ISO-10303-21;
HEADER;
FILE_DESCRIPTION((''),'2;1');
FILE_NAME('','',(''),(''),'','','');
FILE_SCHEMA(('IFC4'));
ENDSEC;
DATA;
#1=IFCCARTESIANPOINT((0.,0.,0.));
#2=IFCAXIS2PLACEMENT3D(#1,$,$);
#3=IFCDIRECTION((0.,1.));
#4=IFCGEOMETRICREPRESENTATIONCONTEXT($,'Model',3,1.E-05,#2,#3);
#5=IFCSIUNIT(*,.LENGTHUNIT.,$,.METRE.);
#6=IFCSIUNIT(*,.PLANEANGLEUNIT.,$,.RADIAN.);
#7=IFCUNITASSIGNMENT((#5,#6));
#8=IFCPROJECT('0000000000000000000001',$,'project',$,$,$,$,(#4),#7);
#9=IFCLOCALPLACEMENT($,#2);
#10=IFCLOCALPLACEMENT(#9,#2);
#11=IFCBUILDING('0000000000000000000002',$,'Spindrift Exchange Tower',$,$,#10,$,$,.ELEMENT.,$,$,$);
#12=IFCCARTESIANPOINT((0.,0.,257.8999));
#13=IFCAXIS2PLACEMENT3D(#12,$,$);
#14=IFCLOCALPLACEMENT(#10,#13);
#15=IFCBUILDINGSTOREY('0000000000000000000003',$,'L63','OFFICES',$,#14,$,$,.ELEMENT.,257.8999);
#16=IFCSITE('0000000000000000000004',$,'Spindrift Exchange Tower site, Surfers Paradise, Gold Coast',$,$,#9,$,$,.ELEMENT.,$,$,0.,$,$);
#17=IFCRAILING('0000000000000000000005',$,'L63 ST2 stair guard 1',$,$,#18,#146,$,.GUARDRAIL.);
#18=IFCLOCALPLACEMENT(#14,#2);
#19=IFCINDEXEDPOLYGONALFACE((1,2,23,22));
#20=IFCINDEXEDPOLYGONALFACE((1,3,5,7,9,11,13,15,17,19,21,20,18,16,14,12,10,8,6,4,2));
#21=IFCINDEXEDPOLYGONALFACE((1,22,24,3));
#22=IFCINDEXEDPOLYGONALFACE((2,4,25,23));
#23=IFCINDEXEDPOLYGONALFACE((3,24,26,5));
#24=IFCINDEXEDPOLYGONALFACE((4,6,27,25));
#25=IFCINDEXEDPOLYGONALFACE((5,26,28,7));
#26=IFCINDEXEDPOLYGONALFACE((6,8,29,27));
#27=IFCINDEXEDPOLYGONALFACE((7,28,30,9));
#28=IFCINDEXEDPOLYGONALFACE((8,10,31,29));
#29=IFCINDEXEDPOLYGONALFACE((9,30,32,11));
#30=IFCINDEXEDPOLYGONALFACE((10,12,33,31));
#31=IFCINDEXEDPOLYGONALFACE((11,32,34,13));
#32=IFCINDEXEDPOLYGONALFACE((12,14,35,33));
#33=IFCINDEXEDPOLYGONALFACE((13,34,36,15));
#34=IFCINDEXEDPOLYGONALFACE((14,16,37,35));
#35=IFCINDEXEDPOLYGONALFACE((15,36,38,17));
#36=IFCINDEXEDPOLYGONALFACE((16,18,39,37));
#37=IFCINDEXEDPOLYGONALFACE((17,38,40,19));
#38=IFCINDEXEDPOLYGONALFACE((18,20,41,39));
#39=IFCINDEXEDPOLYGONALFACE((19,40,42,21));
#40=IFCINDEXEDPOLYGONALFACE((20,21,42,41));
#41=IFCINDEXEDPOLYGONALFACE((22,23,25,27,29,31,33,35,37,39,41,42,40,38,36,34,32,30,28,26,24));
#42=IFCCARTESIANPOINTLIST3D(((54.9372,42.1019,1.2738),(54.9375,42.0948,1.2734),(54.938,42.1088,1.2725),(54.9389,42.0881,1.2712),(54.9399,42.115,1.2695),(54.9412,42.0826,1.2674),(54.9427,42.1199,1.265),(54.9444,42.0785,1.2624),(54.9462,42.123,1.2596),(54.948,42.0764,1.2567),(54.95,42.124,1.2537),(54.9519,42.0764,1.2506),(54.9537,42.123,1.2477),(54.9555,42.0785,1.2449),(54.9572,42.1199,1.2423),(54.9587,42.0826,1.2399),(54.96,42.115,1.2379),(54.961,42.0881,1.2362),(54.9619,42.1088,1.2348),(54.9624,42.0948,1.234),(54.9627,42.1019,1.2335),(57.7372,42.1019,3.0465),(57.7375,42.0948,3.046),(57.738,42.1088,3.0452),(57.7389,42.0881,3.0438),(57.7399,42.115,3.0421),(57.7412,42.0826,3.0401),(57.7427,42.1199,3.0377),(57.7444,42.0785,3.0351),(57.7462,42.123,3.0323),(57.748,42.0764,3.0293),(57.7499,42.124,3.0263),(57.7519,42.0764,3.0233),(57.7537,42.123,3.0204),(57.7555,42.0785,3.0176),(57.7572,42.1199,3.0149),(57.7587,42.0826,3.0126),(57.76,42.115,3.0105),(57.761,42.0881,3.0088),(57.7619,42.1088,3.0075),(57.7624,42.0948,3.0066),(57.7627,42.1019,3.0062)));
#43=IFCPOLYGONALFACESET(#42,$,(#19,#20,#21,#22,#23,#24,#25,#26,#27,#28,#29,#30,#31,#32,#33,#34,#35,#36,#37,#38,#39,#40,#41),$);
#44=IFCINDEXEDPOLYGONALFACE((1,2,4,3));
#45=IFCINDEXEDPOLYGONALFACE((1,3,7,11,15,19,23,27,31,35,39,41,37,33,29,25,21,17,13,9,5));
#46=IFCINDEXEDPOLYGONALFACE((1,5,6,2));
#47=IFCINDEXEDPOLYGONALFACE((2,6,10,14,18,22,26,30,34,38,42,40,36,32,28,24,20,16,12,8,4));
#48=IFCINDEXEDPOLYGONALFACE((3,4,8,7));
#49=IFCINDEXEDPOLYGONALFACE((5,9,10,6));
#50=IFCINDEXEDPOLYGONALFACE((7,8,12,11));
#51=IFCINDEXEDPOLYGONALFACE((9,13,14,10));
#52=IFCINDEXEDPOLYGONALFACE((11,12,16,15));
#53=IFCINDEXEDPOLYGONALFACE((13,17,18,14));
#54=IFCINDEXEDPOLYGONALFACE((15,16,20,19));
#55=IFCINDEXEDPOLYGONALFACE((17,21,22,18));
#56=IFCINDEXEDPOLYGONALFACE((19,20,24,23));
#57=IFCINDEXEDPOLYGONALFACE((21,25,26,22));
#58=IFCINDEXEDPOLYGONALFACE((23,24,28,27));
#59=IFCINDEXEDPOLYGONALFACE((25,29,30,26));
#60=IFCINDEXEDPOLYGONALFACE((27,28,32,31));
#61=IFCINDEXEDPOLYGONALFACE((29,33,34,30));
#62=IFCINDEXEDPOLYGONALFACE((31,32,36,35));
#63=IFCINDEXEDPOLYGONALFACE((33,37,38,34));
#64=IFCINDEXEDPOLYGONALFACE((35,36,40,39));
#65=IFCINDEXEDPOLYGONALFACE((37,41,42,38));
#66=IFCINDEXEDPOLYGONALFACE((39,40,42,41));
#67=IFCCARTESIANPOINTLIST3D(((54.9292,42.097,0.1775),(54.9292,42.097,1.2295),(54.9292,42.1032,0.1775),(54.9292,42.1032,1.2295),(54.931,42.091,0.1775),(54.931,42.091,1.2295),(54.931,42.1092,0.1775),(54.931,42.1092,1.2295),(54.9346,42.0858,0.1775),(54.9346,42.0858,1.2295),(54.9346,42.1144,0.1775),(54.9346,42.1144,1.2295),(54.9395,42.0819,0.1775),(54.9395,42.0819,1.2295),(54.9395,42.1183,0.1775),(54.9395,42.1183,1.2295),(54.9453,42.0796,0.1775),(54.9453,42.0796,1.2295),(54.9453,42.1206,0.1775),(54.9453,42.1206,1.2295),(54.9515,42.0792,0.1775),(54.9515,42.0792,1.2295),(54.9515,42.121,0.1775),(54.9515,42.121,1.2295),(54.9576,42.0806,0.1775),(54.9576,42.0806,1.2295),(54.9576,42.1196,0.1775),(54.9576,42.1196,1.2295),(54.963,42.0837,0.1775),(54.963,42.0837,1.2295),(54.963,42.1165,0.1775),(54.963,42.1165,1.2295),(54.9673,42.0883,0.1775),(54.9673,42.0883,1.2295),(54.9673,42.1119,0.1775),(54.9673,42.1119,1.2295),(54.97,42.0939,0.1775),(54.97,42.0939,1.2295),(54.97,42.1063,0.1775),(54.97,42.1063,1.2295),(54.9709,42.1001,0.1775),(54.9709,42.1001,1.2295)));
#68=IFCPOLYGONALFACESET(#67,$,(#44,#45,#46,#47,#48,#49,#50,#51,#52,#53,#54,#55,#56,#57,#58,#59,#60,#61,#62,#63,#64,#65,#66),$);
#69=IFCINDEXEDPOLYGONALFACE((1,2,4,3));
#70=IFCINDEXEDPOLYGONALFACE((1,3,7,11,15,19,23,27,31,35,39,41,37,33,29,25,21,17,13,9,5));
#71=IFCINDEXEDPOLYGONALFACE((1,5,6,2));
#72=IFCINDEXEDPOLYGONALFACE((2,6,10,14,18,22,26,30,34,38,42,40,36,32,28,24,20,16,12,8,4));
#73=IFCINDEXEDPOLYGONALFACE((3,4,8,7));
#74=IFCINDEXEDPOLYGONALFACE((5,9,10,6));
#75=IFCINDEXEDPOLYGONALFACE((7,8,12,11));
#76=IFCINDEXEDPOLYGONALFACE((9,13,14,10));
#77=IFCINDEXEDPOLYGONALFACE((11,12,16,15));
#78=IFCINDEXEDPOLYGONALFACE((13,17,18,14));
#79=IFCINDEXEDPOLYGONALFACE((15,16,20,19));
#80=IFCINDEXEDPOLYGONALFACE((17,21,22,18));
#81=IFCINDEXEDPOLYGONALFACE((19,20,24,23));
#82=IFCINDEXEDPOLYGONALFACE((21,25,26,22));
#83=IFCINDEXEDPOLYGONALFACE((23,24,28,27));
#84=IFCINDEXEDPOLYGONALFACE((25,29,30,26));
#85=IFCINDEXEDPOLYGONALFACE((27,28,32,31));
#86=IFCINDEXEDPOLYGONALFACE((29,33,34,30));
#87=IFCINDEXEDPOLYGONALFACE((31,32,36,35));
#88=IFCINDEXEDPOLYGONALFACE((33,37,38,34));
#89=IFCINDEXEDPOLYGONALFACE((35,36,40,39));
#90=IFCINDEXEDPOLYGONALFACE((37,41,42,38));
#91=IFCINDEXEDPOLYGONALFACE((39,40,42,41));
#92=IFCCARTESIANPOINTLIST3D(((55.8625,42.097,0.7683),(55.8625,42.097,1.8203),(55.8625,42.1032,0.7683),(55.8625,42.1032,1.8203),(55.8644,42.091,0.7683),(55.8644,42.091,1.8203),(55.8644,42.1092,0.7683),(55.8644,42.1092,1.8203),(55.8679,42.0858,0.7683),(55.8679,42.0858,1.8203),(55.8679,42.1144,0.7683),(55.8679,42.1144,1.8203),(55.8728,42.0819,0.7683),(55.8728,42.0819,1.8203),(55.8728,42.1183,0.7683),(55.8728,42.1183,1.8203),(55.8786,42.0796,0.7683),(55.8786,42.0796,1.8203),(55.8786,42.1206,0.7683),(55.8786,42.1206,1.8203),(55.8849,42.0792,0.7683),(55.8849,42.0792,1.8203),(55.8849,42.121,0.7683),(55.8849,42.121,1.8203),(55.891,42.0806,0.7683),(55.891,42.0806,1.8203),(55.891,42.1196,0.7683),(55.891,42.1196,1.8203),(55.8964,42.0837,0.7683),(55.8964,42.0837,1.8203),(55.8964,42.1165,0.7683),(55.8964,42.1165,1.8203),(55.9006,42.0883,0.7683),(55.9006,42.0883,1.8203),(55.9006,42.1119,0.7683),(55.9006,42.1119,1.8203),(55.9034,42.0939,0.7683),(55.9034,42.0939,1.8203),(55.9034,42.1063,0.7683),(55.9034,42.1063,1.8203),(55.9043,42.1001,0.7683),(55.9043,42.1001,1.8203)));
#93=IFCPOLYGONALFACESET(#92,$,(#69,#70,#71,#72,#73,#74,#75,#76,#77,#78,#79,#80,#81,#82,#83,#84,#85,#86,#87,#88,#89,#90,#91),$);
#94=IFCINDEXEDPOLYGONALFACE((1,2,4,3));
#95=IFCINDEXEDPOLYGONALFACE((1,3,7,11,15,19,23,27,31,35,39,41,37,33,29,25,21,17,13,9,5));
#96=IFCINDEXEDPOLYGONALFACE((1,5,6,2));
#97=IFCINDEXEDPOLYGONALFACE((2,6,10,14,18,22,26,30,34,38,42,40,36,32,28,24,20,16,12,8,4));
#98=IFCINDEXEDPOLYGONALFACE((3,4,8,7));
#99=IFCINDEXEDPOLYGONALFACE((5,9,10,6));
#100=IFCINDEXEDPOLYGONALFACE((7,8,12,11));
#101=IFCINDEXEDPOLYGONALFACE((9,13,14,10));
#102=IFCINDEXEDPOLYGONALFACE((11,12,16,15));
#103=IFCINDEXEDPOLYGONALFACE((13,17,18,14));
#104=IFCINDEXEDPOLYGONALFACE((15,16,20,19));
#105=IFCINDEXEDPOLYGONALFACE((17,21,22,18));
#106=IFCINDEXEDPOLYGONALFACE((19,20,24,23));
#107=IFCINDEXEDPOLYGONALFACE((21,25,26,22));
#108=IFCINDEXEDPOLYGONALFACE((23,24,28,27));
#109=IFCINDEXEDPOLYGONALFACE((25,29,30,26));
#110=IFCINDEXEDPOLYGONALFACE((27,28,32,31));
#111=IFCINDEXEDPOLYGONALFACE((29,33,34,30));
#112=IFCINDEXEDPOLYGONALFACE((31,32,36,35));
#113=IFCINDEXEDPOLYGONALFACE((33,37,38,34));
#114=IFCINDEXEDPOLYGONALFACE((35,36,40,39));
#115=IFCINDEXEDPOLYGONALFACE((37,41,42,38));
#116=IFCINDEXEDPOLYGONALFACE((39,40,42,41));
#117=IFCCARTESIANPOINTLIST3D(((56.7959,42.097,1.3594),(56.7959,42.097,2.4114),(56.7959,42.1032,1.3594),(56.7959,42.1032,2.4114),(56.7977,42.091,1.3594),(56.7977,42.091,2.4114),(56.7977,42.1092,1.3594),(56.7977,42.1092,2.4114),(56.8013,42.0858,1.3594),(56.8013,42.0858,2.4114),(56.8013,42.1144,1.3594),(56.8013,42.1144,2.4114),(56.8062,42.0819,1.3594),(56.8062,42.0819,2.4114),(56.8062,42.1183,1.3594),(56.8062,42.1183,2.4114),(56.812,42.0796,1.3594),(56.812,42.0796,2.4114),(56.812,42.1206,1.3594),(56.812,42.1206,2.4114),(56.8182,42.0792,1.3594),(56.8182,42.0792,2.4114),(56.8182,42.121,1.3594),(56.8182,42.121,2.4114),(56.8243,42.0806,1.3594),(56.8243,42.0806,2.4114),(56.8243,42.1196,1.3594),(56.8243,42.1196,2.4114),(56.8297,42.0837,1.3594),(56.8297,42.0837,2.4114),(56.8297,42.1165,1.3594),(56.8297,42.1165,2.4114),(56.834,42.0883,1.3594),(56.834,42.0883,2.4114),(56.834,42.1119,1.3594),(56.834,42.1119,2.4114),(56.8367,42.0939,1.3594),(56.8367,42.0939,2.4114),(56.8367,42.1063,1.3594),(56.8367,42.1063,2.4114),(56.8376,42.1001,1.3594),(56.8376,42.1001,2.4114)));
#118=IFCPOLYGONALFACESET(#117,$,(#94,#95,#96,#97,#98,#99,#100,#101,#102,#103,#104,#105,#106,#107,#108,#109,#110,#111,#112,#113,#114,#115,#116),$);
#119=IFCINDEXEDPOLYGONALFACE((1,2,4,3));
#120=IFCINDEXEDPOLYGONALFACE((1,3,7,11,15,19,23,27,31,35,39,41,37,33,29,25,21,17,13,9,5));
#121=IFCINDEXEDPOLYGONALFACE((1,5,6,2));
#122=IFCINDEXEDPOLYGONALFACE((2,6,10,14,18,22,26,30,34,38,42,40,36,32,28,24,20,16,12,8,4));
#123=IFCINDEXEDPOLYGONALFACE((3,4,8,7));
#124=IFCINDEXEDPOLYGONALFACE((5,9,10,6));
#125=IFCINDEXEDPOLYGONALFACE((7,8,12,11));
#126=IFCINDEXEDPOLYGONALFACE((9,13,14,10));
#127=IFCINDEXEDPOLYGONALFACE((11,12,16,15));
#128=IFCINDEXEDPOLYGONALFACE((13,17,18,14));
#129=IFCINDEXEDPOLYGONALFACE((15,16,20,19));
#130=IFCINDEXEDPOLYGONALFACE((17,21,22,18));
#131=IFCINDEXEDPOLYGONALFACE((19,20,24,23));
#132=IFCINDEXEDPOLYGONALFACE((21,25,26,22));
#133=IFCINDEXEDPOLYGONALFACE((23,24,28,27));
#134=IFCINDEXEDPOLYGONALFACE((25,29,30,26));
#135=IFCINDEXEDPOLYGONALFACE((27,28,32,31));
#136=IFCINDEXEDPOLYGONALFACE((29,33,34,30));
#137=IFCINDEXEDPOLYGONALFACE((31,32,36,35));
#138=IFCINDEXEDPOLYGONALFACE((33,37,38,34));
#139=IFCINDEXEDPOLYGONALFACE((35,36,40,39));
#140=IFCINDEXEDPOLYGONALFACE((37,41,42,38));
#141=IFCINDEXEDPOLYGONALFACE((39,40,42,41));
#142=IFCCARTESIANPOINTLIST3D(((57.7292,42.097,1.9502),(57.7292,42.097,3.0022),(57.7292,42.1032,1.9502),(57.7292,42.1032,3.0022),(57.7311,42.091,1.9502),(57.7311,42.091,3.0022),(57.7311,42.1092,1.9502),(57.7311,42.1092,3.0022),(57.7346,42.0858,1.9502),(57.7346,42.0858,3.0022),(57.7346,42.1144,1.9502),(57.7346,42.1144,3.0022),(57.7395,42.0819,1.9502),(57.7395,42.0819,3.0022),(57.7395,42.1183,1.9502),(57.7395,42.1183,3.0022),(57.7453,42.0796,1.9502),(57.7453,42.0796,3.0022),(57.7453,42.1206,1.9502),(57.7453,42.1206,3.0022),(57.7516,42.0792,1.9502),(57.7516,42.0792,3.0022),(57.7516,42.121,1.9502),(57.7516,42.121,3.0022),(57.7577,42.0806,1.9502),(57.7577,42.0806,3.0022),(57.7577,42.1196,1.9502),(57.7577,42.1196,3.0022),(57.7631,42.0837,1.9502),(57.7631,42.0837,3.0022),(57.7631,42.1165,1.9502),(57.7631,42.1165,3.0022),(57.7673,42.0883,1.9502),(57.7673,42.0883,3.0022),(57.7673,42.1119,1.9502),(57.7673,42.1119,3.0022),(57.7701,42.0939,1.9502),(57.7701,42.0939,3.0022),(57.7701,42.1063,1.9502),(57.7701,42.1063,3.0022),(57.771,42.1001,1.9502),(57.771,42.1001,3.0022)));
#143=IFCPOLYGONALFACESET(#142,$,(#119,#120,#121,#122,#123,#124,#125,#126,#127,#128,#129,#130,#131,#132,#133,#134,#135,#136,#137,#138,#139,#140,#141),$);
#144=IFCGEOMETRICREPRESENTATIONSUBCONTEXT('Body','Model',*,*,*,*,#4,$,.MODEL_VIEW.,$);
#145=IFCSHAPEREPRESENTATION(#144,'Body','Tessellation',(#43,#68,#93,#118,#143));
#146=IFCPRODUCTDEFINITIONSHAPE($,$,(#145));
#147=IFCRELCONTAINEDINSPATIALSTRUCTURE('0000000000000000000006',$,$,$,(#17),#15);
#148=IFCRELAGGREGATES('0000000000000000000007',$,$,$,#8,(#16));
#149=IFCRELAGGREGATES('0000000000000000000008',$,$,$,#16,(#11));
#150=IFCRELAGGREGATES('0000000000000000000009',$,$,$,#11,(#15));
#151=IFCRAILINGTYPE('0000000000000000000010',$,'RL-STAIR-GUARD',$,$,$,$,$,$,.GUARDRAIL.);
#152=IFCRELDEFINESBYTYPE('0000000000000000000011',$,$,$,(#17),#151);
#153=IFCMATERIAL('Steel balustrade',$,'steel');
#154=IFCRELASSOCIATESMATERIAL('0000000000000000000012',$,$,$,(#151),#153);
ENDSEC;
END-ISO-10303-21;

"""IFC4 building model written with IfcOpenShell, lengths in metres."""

from ifc_helpers import new_model, si_unit, direction, frame, origin, origin_2d, place, context, subcontext, project, spatial, circle, extrude, material, type_object, element, save


model = new_model("IFC4")

# Units and contexts
model_context = context("Model", 3, precision=1e-05, world=origin(), true_north=direction((0.0, 1.0)))
body_context = subcontext(model_context, "Body", "Model", "MODEL_VIEW")
ifc_project = project(units=[si_unit("LENGTHUNIT", "METRE"), si_unit("PLANEANGLEUNIT", "RADIAN")], contexts=[model_context])

# Site, building, storey
site_placement = place(None, origin())
site = spatial("IfcSite", under=ifc_project, at=site_placement, Name="Spindrift Exchange Tower site, Surfers Paradise, Gold Coast", CompositionType="ELEMENT", RefElevation=0.0)
building_placement = place(site_placement, origin())
building = spatial("IfcBuilding", under=site, at=building_placement, Name="Spindrift Exchange Tower", CompositionType="ELEMENT")
storey_placement = place(building_placement, frame((0.0, 0.0, 257.8999)))
storey = spatial("IfcBuildingStorey", under=building, at=storey_placement, Name="L63", Description="OFFICES", CompositionType="ELEMENT", Elevation=257.8999)

# Railing
ifc_material_1 = material(Name="Steel balustrade", Category="steel")
railing_type_1 = type_object("IfcRailingType", Name="RL-STAIR-GUARD", PredefinedType="GUARDRAIL", material=ifc_material_1)
railing_1_placement = place(storey_placement, frame((54.95, 42.1001, 0.1775)))
element("IfcRailing", 1, at=railing_1_placement, inside=storey, type_object=railing_type_1, Name="L63 ST2 stair guard 1", PredefinedType="GUARDRAIL", context=body_context, shape_type="SweptSolid", body=[
    extrude(circle(Radius=0.0239, at=origin_2d()), frame((0.0, 0.0, 1.0762), z_axis=(0.844909, 0.0, 0.53491), x_axis=(0.0, 1.0, 0.0)), (0.0, 0.0, 1.0), 3.314),
    extrude(circle(Radius=0.021, at=origin_2d()), origin(), (0.0, 0.0, 1.0), 1.052),
    extrude(circle(Radius=0.021, at=origin_2d()), frame((0.9333, 0.0, 0.5908)), (0.0, 0.0, 1.0), 1.052),
    extrude(circle(Radius=0.021, at=origin_2d()), frame((1.8667, 0.0, 1.1819)), (0.0, 0.0, 1.0), 1.052),
    extrude(circle(Radius=0.021, at=origin_2d()), frame((2.8, 0.0, 1.7727)), (0.0, 0.0, 1.0), 1.052),
])

save(model, "model.ifc")
